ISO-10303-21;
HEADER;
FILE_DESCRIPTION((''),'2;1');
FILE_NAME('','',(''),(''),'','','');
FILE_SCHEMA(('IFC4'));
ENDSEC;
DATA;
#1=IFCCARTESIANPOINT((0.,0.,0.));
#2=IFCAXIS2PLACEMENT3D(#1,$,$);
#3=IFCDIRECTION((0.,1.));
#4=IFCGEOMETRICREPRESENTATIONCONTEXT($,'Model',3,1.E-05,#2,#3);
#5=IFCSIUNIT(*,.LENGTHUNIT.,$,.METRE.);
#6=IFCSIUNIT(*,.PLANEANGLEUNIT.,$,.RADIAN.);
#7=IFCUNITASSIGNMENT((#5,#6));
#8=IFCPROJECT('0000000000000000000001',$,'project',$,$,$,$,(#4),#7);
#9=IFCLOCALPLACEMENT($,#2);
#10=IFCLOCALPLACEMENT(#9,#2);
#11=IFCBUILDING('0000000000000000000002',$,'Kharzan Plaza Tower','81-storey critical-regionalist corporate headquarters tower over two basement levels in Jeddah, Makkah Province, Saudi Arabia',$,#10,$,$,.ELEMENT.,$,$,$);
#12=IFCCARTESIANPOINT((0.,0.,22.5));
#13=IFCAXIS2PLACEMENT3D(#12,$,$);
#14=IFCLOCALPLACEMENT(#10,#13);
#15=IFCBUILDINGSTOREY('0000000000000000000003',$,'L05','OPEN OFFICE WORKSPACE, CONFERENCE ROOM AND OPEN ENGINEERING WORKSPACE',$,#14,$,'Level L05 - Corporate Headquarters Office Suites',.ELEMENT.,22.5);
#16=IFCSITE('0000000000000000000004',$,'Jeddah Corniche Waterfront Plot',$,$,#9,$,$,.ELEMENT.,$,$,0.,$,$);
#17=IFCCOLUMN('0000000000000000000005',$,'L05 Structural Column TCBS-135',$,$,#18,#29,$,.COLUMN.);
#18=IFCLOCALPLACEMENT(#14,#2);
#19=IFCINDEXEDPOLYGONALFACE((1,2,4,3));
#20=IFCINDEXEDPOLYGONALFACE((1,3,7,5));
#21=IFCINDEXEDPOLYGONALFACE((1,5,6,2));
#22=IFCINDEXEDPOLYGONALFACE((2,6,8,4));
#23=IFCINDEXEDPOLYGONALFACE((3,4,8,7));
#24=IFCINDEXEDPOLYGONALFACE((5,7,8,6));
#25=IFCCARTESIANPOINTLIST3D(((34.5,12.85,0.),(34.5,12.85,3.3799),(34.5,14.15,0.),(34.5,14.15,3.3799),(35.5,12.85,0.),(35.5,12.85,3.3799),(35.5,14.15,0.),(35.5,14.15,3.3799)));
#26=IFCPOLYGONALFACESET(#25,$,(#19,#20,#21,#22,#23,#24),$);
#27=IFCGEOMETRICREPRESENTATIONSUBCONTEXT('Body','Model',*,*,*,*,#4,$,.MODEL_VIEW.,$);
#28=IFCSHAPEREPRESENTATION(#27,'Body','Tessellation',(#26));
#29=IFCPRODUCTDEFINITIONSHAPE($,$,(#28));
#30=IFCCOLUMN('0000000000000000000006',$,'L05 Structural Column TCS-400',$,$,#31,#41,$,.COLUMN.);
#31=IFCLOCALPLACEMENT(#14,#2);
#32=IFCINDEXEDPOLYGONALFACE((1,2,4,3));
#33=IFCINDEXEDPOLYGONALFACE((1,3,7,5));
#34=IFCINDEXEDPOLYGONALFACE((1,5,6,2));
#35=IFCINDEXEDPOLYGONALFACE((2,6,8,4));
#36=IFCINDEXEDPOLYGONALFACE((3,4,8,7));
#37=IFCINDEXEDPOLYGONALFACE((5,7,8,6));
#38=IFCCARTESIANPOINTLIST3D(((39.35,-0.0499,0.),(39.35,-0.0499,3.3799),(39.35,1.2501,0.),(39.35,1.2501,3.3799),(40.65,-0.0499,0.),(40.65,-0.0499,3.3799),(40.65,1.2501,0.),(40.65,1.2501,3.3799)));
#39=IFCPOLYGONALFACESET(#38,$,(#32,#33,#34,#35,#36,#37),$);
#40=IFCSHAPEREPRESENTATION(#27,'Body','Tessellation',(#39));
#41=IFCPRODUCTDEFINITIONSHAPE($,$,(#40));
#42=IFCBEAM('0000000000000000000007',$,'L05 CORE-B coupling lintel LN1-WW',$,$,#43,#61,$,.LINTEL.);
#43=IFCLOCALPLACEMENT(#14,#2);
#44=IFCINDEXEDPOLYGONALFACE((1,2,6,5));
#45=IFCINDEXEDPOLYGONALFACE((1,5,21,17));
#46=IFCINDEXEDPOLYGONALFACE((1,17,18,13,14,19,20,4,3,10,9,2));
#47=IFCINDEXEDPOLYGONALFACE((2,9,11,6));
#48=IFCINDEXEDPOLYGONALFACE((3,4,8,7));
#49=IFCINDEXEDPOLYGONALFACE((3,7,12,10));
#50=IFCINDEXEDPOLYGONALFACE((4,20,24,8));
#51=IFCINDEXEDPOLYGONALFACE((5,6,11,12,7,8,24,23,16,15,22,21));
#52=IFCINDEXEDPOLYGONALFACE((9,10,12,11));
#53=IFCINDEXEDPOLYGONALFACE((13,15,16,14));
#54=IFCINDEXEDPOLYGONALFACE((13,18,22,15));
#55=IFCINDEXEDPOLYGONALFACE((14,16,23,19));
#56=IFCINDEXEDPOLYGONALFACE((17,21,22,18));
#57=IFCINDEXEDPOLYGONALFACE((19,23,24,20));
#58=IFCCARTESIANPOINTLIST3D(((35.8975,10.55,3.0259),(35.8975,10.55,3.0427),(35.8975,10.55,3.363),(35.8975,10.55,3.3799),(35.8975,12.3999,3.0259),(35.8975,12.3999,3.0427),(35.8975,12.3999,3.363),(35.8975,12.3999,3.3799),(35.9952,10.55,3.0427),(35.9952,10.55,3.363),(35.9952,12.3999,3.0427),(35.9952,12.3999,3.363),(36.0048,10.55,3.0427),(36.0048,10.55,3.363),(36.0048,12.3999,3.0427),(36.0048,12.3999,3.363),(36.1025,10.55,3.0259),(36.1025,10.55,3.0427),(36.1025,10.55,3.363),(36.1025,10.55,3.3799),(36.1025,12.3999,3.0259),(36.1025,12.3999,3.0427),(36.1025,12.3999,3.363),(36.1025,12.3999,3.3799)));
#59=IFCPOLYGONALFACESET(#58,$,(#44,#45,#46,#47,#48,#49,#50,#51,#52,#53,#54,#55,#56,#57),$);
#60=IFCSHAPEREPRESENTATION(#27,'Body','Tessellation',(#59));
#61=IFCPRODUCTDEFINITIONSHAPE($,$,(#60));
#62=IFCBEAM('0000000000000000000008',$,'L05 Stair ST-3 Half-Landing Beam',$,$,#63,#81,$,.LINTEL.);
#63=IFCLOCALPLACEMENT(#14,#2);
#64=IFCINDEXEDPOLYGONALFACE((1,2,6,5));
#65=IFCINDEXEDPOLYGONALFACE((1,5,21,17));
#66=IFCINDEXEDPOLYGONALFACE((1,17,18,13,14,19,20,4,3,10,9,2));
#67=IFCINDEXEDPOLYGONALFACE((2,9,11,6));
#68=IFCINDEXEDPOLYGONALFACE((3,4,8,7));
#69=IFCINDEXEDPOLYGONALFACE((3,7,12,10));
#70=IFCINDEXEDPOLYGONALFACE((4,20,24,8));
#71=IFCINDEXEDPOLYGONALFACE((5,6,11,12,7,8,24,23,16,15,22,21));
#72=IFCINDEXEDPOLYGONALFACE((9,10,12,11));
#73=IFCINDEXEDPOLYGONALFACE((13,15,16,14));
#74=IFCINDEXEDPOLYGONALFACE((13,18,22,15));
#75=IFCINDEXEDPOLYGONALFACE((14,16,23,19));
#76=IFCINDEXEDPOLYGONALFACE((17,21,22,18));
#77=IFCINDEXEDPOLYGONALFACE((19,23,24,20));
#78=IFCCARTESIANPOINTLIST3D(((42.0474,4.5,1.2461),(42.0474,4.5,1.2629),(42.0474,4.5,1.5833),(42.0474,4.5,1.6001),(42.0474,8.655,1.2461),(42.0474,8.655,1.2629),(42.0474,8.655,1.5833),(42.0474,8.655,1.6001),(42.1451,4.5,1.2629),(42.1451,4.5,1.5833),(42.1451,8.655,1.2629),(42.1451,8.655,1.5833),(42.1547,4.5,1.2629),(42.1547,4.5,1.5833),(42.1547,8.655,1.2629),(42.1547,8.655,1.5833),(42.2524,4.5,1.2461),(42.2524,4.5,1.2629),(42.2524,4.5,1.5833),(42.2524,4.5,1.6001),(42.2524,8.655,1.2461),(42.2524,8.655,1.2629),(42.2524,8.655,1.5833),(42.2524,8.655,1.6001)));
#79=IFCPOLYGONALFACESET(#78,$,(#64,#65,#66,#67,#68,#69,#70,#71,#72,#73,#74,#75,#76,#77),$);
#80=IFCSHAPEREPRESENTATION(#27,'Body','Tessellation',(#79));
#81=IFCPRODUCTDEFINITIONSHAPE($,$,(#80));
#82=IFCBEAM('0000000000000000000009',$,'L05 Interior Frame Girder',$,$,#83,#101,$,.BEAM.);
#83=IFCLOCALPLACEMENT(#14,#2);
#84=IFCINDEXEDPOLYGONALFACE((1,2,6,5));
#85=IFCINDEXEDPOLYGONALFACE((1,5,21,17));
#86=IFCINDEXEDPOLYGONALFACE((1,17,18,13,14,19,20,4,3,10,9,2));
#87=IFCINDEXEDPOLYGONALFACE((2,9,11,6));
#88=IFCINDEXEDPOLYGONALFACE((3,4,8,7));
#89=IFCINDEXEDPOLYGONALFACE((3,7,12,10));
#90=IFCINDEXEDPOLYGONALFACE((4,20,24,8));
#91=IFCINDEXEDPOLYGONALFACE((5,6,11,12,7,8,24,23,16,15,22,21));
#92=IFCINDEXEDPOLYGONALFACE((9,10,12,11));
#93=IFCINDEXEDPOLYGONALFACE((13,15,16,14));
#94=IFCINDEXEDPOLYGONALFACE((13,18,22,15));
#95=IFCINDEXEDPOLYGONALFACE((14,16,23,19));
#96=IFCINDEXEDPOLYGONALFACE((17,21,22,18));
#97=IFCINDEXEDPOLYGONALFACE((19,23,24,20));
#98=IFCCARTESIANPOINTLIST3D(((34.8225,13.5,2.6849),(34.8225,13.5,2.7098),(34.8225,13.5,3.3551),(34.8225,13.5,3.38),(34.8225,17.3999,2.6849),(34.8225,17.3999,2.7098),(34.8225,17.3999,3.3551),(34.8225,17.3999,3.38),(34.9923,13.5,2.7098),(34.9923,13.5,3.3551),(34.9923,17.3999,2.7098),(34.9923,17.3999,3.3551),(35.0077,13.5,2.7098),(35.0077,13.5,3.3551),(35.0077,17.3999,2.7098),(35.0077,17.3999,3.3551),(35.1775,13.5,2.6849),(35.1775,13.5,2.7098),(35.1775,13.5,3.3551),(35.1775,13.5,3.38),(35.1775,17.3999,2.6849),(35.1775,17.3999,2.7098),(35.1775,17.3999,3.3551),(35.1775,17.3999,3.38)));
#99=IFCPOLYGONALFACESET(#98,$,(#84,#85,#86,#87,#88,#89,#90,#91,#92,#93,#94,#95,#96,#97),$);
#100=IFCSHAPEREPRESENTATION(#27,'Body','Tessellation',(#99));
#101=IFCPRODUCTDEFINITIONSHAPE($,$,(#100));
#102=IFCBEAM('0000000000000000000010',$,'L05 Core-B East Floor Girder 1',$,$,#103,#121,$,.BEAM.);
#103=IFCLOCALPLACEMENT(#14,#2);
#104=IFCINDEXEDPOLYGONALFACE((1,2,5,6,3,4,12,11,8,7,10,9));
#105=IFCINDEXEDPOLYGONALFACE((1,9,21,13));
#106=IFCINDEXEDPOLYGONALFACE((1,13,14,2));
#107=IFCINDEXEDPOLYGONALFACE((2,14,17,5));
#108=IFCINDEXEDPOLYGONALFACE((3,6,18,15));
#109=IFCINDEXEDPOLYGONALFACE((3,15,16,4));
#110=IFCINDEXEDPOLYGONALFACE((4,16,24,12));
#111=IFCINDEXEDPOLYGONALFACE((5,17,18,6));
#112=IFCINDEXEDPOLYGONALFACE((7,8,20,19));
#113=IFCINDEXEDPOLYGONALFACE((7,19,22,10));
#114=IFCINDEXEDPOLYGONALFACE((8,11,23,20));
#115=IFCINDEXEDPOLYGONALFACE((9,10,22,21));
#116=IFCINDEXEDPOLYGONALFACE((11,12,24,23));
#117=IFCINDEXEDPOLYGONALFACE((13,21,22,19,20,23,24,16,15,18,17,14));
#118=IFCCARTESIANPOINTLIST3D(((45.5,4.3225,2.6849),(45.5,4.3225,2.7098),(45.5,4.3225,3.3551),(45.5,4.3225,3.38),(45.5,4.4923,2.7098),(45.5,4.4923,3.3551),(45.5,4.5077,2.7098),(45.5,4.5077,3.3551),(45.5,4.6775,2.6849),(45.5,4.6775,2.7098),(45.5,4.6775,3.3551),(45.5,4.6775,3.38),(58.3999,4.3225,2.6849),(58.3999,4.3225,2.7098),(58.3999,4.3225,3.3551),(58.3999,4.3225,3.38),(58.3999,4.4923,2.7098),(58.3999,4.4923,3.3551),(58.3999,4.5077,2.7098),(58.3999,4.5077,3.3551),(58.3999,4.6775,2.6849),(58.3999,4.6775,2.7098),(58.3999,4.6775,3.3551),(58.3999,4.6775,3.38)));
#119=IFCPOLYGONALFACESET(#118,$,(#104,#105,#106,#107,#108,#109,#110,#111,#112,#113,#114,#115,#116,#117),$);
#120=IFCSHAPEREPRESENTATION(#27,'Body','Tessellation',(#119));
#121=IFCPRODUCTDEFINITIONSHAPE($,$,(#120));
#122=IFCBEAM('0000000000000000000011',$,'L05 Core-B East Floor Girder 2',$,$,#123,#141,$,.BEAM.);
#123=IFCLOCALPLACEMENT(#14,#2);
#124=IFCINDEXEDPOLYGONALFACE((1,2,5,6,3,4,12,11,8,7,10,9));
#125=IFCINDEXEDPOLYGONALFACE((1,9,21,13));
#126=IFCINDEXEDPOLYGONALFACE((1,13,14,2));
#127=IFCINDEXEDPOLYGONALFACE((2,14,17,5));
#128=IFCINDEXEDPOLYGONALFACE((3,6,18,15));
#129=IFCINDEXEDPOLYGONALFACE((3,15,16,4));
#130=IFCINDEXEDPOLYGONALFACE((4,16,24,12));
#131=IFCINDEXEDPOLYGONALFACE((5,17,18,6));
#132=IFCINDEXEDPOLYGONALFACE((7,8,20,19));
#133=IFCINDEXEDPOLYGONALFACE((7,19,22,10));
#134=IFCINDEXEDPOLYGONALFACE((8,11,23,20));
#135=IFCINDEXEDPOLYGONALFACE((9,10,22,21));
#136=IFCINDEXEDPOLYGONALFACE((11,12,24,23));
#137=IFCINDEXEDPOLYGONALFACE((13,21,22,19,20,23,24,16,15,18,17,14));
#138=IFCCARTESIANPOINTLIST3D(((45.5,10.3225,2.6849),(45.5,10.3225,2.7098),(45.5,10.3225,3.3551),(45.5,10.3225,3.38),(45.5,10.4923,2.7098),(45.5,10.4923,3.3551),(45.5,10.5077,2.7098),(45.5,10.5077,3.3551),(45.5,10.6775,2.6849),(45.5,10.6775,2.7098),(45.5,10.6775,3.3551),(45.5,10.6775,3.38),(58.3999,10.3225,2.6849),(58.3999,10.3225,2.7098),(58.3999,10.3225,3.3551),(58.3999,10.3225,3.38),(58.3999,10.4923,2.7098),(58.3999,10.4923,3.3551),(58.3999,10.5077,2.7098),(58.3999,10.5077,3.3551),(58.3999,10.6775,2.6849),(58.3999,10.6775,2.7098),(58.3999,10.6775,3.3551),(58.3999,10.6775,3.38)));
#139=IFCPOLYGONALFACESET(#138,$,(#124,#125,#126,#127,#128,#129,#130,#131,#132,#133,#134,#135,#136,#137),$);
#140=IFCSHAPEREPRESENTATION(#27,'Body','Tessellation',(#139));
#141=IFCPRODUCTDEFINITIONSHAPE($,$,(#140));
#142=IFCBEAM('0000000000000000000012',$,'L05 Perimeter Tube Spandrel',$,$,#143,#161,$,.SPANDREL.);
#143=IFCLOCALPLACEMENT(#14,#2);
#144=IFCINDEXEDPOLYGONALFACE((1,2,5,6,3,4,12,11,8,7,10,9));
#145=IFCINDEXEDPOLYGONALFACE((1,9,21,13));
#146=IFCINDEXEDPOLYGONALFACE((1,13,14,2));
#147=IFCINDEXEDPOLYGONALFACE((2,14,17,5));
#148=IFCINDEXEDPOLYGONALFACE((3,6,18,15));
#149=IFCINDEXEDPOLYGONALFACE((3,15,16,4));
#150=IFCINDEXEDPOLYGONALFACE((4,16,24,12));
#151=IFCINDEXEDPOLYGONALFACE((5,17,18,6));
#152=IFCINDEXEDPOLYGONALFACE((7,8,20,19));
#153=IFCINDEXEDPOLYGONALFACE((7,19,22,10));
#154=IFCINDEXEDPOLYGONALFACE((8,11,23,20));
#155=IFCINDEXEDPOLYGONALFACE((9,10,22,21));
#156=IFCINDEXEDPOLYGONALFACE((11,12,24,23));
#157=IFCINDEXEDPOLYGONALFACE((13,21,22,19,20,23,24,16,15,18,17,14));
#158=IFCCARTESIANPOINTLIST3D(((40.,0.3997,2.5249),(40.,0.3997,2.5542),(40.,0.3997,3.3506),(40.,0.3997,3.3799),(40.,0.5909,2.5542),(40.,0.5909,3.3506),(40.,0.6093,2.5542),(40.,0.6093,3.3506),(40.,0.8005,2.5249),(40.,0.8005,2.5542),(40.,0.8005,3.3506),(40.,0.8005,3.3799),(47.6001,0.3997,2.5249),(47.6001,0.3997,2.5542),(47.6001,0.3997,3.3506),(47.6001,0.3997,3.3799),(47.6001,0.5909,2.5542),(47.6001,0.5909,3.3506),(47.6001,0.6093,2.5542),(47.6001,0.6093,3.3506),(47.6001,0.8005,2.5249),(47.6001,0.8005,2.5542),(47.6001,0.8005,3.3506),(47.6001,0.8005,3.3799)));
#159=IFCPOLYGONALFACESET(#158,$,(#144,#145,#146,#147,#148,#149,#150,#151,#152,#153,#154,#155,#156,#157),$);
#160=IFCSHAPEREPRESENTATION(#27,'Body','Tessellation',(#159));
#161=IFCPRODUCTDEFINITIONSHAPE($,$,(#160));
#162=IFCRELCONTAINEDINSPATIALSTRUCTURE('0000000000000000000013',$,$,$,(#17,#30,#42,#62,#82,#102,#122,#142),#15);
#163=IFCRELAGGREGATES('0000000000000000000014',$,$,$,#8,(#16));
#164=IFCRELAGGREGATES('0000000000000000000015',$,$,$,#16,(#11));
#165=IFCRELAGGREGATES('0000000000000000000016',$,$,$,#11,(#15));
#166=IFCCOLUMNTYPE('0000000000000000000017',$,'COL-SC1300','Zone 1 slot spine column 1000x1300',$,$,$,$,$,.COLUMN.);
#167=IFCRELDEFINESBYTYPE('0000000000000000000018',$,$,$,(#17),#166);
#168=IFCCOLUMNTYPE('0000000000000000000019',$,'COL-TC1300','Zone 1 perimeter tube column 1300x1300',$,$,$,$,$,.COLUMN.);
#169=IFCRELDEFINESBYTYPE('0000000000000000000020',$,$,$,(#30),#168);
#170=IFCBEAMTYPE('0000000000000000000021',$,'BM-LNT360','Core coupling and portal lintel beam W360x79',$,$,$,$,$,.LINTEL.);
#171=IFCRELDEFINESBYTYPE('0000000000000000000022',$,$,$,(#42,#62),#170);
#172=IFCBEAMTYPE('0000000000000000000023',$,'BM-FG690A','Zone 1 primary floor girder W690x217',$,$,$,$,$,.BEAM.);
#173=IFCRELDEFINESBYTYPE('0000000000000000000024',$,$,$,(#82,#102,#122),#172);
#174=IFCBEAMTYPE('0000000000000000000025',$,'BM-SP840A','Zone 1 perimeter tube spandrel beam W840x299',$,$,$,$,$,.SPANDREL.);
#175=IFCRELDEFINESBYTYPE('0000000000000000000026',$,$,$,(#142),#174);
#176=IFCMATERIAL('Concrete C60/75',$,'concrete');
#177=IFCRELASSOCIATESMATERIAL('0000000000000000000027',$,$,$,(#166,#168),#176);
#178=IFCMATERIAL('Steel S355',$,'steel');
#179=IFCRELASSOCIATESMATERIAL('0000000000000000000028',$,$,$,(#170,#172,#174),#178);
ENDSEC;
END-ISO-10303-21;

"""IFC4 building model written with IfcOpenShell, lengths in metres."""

from ifc_helpers import new_model, si_unit, direction, frame, origin, origin_2d, place, context, subcontext, project, spatial, rectangle, i_section, extrude, source, transform, mapped, material, material_profile, profile_set, type_object, element, save


model = new_model("IFC4")

# Units and contexts
model_context = context("Model", 3, precision=1e-05, world=origin(), true_north=direction((0.0, 1.0)))
body_context = subcontext(model_context, "Body", "Model", "MODEL_VIEW")
ifc_project = project(units=[si_unit("LENGTHUNIT", "METRE"), si_unit("PLANEANGLEUNIT", "RADIAN")], contexts=[model_context])

# Site, building, storey
site_placement = place(None, origin())
site = spatial("IfcSite", under=ifc_project, at=site_placement, Name="Jeddah Corniche Waterfront Plot", CompositionType="ELEMENT", RefElevation=0.0)
building_placement = place(site_placement, origin())
building = spatial("IfcBuilding", under=site, at=building_placement, Name="Kharzan Plaza Tower", Description="81-storey critical-regionalist corporate headquarters tower over two basement levels in Jeddah, Makkah Province, Saudi Arabia", CompositionType="ELEMENT")
storey_placement = place(building_placement, frame((0.0, 0.0, 22.5)))
storey = spatial("IfcBuildingStorey", under=building, at=storey_placement, Name="L05", Description="OPEN OFFICE WORKSPACE, CONFERENCE ROOM AND OPEN ENGINEERING WORKSPACE", LongName="Level L05 - Corporate Headquarters Office Suites", CompositionType="ELEMENT", Elevation=22.5)

# Columns
ifc_material_1 = material(Name="Concrete C60/75", Category="concrete")
ifc_material_profile_1 = material_profile(ifc_material_1, rectangle(XDim=1.0, YDim=1.3, at=origin_2d()), Name="RC-SC1300x1000")
ifc_profile_set_1 = profile_set([ifc_material_profile_1], Name="Concrete C60/75")
column_type_1 = type_object("IfcColumnType", Name="COL-SC1300", Description="Zone 1 slot spine column 1000x1300", PredefinedType="COLUMN", material=ifc_profile_set_1)
shared_shape_1 = source(origin(), body_context, "Body", "SweptSolid", [
    extrude(rectangle(XDim=1.0, YDim=1.3, at=origin_2d()), origin(), (0.0, 0.0, 1.0), 3.3799),
])
column_1_placement = place(storey_placement, frame((35.0, 13.5, 0.0), z_axis=(0.0, 0.0, 1.0), x_axis=(1.0, 0.0, 0.0)))
element("IfcColumn", 1, at=column_1_placement, inside=storey, type_object=column_type_1, Name="L05 Structural Column TCBS-135", PredefinedType="COLUMN", context=body_context, shape_type="MappedRepresentation", body=[
    mapped(shared_shape_1, transform((0.0, 0.0, 0.0), x_axis=(1.0, 0.0, 0.0), y_axis=(0.0, 1.0, 0.0), z_axis=(0.0, 0.0, 1.0))),
])
ifc_material_profile_2 = material_profile(ifc_material_1, rectangle(XDim=1.3, YDim=1.3, at=origin_2d()), Name="RC-TC1300x1300")
ifc_profile_set_2 = profile_set([ifc_material_profile_2], Name="Concrete C60/75")
column_type_2 = type_object("IfcColumnType", Name="COL-TC1300", Description="Zone 1 perimeter tube column 1300x1300", PredefinedType="COLUMN", material=ifc_profile_set_2)
shared_shape_2 = source(origin(), body_context, "Body", "SweptSolid", [
    extrude(rectangle(XDim=1.3, YDim=1.3, at=origin_2d()), origin(), (0.0, 0.0, 1.0), 3.3799),
])
column_2_placement = place(storey_placement, frame((40.0, 0.6001, 0.0), z_axis=(0.0, 0.0, 1.0), x_axis=(1.0, 0.0, 0.0)))
element("IfcColumn", 2, at=column_2_placement, inside=storey, type_object=column_type_2, Name="L05 Structural Column TCS-400", PredefinedType="COLUMN", context=body_context, shape_type="MappedRepresentation", body=[
    mapped(shared_shape_2, transform((0.0, 0.0, 0.0), x_axis=(1.0, 0.0, 0.0), y_axis=(0.0, 1.0, 0.0), z_axis=(0.0, 0.0, 1.0))),
])

# Beams
ifc_material_2 = material(Name="Steel S355", Category="steel")
ifc_material_profile_3 = material_profile(ifc_material_2, i_section(OverallWidth=0.2051, OverallDepth=0.354, WebThickness=0.0095, FlangeThickness=0.0168, at=origin_2d()), Name="W360x79")
ifc_profile_set_3 = profile_set([ifc_material_profile_3], Name="Steel S355")
beam_type_1 = type_object("IfcBeamType", Name="BM-LNT360", Description="Core coupling and portal lintel beam W360x79", PredefinedType="LINTEL", material=ifc_profile_set_3)
shared_shape_3 = source(origin(), body_context, "Body", "SweptSolid", [
    extrude(i_section(OverallWidth=0.2051, OverallDepth=0.354, WebThickness=0.0095, FlangeThickness=0.0168, at=origin_2d()), origin(), (0.0, 0.0, 1.0), 1.8499),
])
beam_1_placement = place(storey_placement, frame((36.0, 10.55, 3.2029), z_axis=(0.0, 1.0, 0.0), x_axis=(-1.0, 0.0, 0.0)))
element("IfcBeam", 3, at=beam_1_placement, inside=storey, type_object=beam_type_1, Name="L05 CORE-B coupling lintel LN1-WW", PredefinedType="LINTEL", context=body_context, shape_type="MappedRepresentation", body=[
    mapped(shared_shape_3, transform((0.0, 0.0, 0.0), x_axis=(1.0, 0.0, 0.0), y_axis=(0.0, 1.0, 0.0), z_axis=(0.0, 0.0, 1.0))),
])
shared_shape_4 = source(origin(), body_context, "Body", "SweptSolid", [
    extrude(i_section(OverallWidth=0.2051, OverallDepth=0.354, WebThickness=0.0095, FlangeThickness=0.0168, at=origin_2d()), origin(), (0.0, 0.0, 1.0), 4.155),
])
beam_2_placement = place(storey_placement, frame((42.1499, 4.5, 1.4231), z_axis=(0.0, 1.0, 0.0), x_axis=(-1.0, 0.0, 0.0)))
element("IfcBeam", 4, at=beam_2_placement, inside=storey, type_object=beam_type_1, Name="L05 Stair ST-3 Half-Landing Beam", PredefinedType="LINTEL", context=body_context, shape_type="MappedRepresentation", body=[
    mapped(shared_shape_4, transform((0.0, 0.0, 0.0), x_axis=(1.0, 0.0, 0.0), y_axis=(0.0, 1.0, 0.0), z_axis=(0.0, 0.0, 1.0))),
])
ifc_material_profile_4 = material_profile(ifc_material_2, i_section(OverallWidth=0.355, OverallDepth=0.6951, WebThickness=0.0154, FlangeThickness=0.0249, at=origin_2d()), Name="W690x217")
ifc_profile_set_4 = profile_set([ifc_material_profile_4], Name="Steel S355")
beam_type_2 = type_object("IfcBeamType", Name="BM-FG690A", Description="Zone 1 primary floor girder W690x217", PredefinedType="BEAM", material=ifc_profile_set_4)
shared_shape_5 = source(origin(), body_context, "Body", "SweptSolid", [
    extrude(i_section(OverallWidth=0.355, OverallDepth=0.6951, WebThickness=0.0154, FlangeThickness=0.0249, at=origin_2d()), origin(), (0.0, 0.0, 1.0), 3.8999),
])
beam_3_placement = place(storey_placement, frame((35.0, 13.5, 3.0325), z_axis=(0.0, 1.0, 0.0), x_axis=(-1.0, 0.0, 0.0)))
element("IfcBeam", 5, at=beam_3_placement, inside=storey, type_object=beam_type_2, Name="L05 Interior Frame Girder", PredefinedType="BEAM", context=body_context, shape_type="MappedRepresentation", body=[
    mapped(shared_shape_5, transform((0.0, 0.0, 0.0), x_axis=(1.0, 0.0, 0.0), y_axis=(0.0, 1.0, 0.0), z_axis=(0.0, 0.0, 1.0))),
])
shared_shape_6 = source(origin(), body_context, "Body", "SweptSolid", [
    extrude(i_section(OverallWidth=0.355, OverallDepth=0.6951, WebThickness=0.0154, FlangeThickness=0.0249, at=origin_2d()), origin(), (0.0, 0.0, 1.0), 12.8999),
])
for number, where, z_axis, x_axis, name in (
    (6, (45.5, 4.5, 3.0325), (1.0, 0.0, 0.0), (0.0, 1.0, 0.0), "L05 Core-B East Floor Girder 1"),
    (7, (45.5, 10.5, 3.0325), (1.0, 0.0, 0.0), (0.0, 1.0, 0.0), "L05 Core-B East Floor Girder 2"),
):
    element("IfcBeam", number, at=place(storey_placement, frame(where, z_axis=z_axis, x_axis=x_axis)), inside=storey, type_object=beam_type_2, Name=name, PredefinedType="BEAM", context=body_context, shape_type="MappedRepresentation", body=[
        mapped(shared_shape_6, transform((0.0, 0.0, 0.0), x_axis=(1.0, 0.0, 0.0), y_axis=(0.0, 1.0, 0.0), z_axis=(0.0, 0.0, 1.0))),
    ])
ifc_material_profile_5 = material_profile(ifc_material_2, i_section(OverallWidth=0.4009, OverallDepth=0.855, WebThickness=0.0183, FlangeThickness=0.0293, at=origin_2d()), Name="W840x299")
ifc_profile_set_5 = profile_set([ifc_material_profile_5], Name="Steel S355")
beam_type_3 = type_object("IfcBeamType", Name="BM-SP840A", Description="Zone 1 perimeter tube spandrel beam W840x299", PredefinedType="SPANDREL", material=ifc_profile_set_5)
shared_shape_7 = source(origin(), body_context, "Body", "SweptSolid", [
    extrude(i_section(OverallWidth=0.4009, OverallDepth=0.855, WebThickness=0.0183, FlangeThickness=0.0293, at=origin_2d()), origin(), (0.0, 0.0, 1.0), 7.6001),
])
beam_4_placement = place(storey_placement, frame((40.0, 0.6001, 2.9524), z_axis=(1.0, 0.0, 0.0), x_axis=(0.0, 1.0, 0.0)))
element("IfcBeam", 8, at=beam_4_placement, inside=storey, type_object=beam_type_3, Name="L05 Perimeter Tube Spandrel", PredefinedType="SPANDREL", context=body_context, shape_type="MappedRepresentation", body=[
    mapped(shared_shape_7, transform((0.0, 0.0, 0.0), x_axis=(1.0, 0.0, 0.0), y_axis=(0.0, 1.0, 0.0), z_axis=(0.0, 0.0, 1.0))),
])

save(model, "model.ifc")
